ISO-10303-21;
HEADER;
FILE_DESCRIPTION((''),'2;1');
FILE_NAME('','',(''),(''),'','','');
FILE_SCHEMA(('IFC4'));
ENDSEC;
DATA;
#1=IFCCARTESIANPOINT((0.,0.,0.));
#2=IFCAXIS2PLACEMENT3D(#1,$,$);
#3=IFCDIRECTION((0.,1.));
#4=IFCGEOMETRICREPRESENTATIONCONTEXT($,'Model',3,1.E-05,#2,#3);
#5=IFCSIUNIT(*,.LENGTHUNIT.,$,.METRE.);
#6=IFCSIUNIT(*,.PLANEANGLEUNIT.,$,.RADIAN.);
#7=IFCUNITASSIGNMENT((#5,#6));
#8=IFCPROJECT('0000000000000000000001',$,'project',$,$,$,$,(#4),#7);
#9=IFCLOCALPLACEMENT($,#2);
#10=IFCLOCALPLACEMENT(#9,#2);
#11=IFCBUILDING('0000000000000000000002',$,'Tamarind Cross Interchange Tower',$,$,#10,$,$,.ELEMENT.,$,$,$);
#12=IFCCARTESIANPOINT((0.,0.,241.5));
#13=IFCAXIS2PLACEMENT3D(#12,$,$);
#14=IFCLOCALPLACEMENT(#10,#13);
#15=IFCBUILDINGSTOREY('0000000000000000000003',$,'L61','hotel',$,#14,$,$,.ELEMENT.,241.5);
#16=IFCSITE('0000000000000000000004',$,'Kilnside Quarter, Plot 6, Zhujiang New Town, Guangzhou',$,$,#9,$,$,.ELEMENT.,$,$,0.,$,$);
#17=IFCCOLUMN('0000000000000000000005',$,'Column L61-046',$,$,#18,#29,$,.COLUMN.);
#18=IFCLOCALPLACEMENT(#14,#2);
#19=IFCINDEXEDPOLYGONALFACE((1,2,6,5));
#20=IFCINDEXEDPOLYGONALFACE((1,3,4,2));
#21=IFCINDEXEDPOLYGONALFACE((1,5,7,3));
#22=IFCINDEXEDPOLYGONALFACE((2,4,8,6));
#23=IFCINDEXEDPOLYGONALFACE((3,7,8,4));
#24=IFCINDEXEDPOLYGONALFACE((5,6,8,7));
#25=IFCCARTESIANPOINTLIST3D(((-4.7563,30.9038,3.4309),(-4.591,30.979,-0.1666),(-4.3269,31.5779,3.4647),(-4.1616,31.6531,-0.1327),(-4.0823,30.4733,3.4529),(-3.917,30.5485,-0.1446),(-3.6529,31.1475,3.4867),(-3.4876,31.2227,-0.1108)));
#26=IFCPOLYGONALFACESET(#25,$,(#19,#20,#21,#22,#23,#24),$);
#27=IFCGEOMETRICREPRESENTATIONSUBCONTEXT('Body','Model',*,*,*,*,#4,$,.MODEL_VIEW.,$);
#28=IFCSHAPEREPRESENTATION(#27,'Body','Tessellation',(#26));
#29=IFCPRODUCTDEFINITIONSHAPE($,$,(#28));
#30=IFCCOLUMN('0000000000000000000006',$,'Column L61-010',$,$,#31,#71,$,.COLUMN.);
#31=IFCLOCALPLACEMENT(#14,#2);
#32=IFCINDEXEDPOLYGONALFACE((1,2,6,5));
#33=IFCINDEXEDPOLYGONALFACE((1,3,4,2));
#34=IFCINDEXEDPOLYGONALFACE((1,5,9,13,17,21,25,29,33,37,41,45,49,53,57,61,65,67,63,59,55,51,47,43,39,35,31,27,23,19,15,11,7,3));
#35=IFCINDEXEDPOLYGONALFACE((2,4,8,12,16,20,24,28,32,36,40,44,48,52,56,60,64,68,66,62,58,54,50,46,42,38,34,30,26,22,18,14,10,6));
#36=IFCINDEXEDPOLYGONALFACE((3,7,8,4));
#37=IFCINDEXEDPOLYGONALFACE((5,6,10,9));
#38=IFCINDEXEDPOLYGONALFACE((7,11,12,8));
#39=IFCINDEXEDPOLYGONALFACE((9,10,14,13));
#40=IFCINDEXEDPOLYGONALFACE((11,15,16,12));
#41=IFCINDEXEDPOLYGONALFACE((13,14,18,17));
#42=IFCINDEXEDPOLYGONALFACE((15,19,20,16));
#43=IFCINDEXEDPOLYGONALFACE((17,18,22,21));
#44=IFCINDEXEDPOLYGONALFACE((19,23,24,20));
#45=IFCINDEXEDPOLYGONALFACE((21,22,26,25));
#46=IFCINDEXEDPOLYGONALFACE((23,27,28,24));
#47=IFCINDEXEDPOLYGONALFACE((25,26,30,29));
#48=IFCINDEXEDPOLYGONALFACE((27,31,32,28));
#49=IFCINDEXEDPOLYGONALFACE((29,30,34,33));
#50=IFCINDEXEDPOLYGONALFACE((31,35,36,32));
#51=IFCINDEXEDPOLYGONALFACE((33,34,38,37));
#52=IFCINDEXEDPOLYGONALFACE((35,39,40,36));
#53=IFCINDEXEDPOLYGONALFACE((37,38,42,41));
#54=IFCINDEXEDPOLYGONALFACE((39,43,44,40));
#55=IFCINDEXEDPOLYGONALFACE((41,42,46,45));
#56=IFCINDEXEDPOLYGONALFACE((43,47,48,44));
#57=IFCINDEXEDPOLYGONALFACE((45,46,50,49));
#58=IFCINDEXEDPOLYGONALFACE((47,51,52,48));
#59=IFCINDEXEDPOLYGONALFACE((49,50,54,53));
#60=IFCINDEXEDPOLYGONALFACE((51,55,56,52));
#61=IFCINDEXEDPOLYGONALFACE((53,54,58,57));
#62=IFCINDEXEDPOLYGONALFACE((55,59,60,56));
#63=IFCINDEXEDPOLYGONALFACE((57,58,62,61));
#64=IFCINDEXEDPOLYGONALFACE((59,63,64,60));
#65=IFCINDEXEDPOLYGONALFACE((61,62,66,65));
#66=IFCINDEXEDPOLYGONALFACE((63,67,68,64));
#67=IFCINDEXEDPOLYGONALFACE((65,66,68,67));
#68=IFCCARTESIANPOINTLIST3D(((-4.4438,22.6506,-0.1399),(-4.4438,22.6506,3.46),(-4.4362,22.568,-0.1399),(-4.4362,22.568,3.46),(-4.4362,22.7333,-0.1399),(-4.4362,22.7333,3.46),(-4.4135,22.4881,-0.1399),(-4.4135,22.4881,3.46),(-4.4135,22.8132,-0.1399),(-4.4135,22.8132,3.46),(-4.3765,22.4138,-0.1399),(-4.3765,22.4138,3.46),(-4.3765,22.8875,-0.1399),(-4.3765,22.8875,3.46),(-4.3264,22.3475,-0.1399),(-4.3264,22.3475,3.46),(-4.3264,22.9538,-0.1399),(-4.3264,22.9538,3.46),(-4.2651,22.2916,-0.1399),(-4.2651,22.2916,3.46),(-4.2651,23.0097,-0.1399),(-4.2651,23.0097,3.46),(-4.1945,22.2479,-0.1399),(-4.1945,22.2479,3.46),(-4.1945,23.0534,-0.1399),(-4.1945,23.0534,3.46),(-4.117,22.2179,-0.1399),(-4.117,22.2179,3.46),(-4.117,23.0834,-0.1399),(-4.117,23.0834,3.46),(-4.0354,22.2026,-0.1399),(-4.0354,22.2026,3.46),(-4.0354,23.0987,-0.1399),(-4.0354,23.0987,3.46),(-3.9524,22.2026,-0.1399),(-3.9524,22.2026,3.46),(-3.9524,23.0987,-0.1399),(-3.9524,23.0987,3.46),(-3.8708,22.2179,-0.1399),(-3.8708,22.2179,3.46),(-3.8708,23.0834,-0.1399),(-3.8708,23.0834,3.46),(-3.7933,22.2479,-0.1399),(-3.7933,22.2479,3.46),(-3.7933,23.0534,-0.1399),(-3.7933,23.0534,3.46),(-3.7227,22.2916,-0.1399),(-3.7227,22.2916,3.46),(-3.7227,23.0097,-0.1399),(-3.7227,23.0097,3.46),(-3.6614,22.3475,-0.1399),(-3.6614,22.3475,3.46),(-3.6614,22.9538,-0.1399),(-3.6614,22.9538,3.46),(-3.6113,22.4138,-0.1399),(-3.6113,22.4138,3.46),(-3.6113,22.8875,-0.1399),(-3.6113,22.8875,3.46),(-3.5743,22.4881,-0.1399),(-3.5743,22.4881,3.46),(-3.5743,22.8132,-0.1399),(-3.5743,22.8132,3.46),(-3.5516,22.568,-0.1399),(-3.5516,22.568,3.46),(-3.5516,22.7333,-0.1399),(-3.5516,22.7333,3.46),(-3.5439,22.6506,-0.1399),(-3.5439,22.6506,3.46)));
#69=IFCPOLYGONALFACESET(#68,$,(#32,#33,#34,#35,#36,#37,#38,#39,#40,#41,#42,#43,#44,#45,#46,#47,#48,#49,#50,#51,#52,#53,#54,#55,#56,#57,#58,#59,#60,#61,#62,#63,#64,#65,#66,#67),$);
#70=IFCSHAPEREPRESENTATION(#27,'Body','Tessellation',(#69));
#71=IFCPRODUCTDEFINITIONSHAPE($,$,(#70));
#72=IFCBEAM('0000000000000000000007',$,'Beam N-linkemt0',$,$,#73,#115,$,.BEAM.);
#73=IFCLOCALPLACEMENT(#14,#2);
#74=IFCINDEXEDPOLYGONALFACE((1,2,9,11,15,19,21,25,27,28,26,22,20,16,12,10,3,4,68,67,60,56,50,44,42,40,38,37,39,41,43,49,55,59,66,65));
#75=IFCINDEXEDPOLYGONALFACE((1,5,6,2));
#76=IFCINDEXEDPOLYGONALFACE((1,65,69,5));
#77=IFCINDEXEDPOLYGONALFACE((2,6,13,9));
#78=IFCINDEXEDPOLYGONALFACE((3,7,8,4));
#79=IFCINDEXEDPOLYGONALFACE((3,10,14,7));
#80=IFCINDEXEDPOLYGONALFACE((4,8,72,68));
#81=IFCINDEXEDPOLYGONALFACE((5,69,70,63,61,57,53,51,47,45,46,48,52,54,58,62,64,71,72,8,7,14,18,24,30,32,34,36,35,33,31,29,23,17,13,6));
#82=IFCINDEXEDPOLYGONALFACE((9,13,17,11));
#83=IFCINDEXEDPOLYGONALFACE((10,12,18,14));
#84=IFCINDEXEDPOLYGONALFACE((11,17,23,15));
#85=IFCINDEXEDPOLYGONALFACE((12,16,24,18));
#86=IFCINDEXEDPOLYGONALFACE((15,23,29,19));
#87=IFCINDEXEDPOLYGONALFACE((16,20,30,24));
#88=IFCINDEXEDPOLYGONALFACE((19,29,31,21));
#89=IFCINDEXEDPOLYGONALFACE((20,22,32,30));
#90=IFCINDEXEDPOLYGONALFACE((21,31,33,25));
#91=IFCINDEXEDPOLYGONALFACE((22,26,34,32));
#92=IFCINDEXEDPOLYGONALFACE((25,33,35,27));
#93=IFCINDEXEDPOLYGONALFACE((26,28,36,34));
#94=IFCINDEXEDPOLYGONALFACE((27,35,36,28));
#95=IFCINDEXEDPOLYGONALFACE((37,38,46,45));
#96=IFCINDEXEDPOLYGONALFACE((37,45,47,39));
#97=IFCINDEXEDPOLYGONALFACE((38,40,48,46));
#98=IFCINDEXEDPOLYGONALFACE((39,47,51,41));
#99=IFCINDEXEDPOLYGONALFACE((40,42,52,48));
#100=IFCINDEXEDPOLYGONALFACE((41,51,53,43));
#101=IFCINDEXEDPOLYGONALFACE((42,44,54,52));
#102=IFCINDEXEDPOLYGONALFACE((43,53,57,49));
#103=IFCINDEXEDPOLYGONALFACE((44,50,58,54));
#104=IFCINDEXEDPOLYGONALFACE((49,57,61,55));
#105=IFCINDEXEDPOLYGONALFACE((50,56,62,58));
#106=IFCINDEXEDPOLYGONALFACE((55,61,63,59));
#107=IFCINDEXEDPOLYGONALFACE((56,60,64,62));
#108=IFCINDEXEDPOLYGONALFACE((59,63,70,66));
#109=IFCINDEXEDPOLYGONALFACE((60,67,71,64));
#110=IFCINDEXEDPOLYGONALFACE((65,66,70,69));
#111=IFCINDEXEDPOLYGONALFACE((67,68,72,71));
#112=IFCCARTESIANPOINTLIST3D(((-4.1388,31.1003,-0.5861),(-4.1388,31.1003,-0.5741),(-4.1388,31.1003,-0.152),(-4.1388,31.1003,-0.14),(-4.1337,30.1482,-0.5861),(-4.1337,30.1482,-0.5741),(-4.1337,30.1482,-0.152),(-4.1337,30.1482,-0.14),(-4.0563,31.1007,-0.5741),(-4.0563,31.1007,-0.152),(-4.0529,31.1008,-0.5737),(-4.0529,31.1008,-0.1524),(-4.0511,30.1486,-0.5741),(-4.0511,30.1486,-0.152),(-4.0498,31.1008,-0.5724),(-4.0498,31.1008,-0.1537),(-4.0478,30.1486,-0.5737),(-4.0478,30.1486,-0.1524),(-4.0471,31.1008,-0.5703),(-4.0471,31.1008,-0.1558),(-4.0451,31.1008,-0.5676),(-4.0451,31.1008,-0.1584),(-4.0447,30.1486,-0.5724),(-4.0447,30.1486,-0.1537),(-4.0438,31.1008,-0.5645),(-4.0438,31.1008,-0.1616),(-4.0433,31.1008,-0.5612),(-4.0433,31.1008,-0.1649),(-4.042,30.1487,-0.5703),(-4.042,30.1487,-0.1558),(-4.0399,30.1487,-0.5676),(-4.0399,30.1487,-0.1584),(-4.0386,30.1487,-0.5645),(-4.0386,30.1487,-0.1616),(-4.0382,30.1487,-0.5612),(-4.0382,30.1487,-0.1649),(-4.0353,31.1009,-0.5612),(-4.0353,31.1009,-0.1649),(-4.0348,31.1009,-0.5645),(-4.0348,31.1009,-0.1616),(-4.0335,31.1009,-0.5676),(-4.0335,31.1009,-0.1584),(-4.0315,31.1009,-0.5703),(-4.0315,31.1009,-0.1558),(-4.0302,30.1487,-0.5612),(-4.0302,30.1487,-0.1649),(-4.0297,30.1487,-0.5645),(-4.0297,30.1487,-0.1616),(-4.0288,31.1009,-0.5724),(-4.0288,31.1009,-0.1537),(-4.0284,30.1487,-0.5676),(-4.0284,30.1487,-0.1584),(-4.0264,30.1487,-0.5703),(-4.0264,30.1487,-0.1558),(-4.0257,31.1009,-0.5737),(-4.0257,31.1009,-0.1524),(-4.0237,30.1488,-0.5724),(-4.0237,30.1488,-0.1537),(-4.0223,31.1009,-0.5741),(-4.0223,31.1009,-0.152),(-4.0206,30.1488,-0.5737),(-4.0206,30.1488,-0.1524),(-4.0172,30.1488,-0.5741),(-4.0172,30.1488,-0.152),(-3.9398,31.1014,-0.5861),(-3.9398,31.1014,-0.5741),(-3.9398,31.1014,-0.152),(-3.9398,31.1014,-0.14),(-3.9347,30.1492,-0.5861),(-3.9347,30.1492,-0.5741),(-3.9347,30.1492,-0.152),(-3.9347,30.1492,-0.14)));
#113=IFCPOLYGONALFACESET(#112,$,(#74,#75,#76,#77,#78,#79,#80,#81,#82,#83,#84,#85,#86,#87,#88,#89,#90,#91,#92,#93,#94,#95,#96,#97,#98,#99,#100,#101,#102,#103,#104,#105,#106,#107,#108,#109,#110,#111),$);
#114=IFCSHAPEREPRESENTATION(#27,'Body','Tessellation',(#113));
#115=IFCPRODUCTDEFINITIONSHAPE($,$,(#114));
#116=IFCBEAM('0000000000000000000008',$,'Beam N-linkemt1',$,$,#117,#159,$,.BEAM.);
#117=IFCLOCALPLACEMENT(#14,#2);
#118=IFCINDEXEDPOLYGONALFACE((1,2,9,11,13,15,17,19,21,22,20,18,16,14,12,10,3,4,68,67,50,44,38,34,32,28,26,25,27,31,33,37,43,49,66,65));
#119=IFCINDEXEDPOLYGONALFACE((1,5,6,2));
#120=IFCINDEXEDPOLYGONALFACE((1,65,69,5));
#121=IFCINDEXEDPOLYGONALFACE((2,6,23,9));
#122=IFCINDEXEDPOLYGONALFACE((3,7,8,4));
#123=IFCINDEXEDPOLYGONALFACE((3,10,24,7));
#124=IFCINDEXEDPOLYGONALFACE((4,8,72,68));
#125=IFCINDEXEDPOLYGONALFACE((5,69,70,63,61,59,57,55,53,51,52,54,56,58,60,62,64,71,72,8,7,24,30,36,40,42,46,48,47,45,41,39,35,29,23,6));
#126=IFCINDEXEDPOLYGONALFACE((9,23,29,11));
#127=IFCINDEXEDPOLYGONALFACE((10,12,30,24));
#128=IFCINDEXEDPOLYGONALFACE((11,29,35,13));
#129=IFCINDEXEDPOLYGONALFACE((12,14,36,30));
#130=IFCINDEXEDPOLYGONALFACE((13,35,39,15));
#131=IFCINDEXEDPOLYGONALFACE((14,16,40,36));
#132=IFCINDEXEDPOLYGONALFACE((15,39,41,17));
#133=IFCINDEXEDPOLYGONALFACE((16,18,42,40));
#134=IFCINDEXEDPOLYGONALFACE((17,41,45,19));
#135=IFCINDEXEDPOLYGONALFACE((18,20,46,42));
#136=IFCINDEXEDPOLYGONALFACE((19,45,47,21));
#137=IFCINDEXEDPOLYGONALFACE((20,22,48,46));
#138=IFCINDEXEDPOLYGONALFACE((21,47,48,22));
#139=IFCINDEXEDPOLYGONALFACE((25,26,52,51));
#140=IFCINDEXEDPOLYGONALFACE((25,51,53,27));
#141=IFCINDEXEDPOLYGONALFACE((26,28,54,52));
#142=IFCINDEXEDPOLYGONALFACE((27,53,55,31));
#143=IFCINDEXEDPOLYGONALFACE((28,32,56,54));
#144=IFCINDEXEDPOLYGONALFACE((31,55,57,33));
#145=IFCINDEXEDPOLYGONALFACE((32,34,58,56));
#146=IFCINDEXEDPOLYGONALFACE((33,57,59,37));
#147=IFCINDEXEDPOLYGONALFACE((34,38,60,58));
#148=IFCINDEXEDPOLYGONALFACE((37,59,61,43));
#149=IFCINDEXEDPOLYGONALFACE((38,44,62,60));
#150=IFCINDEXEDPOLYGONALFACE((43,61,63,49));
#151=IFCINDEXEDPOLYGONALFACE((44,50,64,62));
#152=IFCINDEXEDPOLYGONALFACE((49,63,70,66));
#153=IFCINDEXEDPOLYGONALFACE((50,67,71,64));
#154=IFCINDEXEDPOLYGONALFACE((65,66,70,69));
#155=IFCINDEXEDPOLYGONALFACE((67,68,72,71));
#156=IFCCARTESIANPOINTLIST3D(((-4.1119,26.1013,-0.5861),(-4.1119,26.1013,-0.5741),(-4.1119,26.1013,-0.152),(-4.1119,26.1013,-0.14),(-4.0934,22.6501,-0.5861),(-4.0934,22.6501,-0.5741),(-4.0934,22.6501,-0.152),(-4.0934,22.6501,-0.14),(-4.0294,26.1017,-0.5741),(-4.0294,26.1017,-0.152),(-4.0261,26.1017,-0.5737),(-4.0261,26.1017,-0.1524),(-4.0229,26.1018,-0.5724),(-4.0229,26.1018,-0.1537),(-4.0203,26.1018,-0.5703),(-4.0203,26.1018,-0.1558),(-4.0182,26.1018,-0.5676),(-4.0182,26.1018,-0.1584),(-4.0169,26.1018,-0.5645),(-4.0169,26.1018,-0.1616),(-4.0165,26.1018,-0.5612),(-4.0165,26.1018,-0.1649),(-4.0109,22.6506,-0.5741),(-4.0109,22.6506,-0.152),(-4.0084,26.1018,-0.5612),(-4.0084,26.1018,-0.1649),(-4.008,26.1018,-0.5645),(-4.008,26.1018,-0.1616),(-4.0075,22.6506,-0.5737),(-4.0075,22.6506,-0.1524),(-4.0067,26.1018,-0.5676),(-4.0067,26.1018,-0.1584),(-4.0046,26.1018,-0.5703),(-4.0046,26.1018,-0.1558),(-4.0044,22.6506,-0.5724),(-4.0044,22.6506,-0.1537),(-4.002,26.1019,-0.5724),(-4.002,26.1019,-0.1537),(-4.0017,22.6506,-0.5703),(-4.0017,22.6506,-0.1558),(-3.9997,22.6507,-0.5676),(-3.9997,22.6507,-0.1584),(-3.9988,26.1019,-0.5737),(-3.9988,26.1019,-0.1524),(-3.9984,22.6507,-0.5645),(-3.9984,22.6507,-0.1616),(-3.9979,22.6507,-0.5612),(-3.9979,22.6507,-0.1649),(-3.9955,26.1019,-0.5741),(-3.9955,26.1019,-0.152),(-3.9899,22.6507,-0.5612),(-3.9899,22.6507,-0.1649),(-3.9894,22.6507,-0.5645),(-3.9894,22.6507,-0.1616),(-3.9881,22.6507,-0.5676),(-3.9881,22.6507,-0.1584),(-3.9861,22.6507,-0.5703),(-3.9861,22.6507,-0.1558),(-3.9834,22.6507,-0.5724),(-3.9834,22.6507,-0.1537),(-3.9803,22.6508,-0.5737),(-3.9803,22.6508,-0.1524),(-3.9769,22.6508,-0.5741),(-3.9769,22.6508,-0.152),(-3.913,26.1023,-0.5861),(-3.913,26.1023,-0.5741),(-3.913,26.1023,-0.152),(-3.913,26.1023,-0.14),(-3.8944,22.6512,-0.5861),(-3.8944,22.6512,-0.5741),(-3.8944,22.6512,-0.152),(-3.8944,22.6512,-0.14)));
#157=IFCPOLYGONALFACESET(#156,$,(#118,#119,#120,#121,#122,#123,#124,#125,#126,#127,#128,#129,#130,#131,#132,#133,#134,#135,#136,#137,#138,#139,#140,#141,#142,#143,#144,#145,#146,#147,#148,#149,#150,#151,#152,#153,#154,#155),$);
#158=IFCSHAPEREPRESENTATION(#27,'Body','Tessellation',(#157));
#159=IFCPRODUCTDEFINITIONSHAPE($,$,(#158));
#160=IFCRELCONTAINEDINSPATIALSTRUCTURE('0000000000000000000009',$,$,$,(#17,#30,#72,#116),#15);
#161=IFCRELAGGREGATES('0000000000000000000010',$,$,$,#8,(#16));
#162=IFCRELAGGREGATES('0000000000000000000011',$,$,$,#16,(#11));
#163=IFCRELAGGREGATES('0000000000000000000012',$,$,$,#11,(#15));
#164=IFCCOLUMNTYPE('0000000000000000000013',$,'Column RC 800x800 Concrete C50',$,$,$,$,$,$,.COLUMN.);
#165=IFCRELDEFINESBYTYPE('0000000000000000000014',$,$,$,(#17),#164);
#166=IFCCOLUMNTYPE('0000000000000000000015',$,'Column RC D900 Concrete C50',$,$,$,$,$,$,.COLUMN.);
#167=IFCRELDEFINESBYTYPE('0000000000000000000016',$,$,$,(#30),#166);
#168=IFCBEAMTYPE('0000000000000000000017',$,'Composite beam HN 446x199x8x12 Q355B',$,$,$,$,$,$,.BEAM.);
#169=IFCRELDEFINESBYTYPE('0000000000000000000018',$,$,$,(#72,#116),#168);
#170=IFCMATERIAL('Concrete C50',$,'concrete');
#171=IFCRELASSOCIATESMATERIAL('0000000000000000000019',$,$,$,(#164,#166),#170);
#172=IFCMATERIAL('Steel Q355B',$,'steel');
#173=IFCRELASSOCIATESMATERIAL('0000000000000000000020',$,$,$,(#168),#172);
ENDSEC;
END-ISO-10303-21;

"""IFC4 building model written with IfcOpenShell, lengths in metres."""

from ifc_helpers import new_model, si_unit, direction, frame, origin, origin_2d, place, context, subcontext, project, spatial, rectangle, circle, i_section, extrude, material, material_profile, profile_set, type_object, element, save


model = new_model("IFC4")

# Units and contexts
model_context = context("Model", 3, precision=1e-05, world=origin(), true_north=direction((0.0, 1.0)))
body_context = subcontext(model_context, "Body", "Model", "MODEL_VIEW")
ifc_project = project(units=[si_unit("LENGTHUNIT", "METRE"), si_unit("PLANEANGLEUNIT", "RADIAN")], contexts=[model_context])

# Site, building, storey
site_placement = place(None, origin())
site = spatial("IfcSite", under=ifc_project, at=site_placement, Name="Kilnside Quarter, Plot 6, Zhujiang New Town, Guangzhou", CompositionType="ELEMENT", RefElevation=0.0)
building_placement = place(site_placement, origin())
building = spatial("IfcBuilding", under=site, at=building_placement, Name="Tamarind Cross Interchange Tower", CompositionType="ELEMENT")
storey_placement = place(building_placement, frame((0.0, 0.0, 241.5)))
storey = spatial("IfcBuildingStorey", under=building, at=storey_placement, Name="L61", Description="hotel", CompositionType="ELEMENT", Elevation=241.5)

# Columns
ifc_material_1 = material(Name="Concrete C50", Category="concrete")
ifc_material_profile_1 = material_profile(ifc_material_1, rectangle(XDim=0.8, YDim=0.8, at=origin_2d()), Name="RC 800x800")
ifc_profile_set_1 = profile_set([ifc_material_profile_1], Name="Concrete C50")
column_type_1 = type_object("IfcColumnType", Name="Column RC 800x800 Concrete C50", PredefinedType="COLUMN", material=ifc_profile_set_1)
column_1_placement = place(storey_placement, frame((-4.0393, 31.1008, -0.1387), z_axis=(-0.045887, -0.020876, 0.998728), x_axis=(0.84249, -0.538011, 0.027462)))
element("IfcColumn", 1, at=column_1_placement, inside=storey, type_object=column_type_1, Name="Column L61-046", PredefinedType="COLUMN", context=body_context, shape_type="SweptSolid", body=[
    extrude(rectangle(XDim=0.8, YDim=0.8, at=origin_2d()), origin(), (0.0, 0.0, 1.0), 3.6021),
])
ifc_material_profile_2 = material_profile(ifc_material_1, circle(Radius=0.45, at=origin_2d()), Name="RC D900")
ifc_profile_set_2 = profile_set([ifc_material_profile_2], Name="Concrete C50")
column_type_2 = type_object("IfcColumnType", Name="Column RC D900 Concrete C50", PredefinedType="COLUMN", material=ifc_profile_set_2)
column_2_placement = place(storey_placement, frame((-3.9939, 22.6506, -0.1399), z_axis=(0.0, 0.0, 1.0), x_axis=(1.0, 0.0, 0.0)))
element("IfcColumn", 2, at=column_2_placement, inside=storey, type_object=column_type_2, Name="Column L61-010", PredefinedType="COLUMN", context=body_context, shape_type="SweptSolid", body=[
    extrude(circle(Radius=0.45, at=origin_2d()), origin(), (0.0, 0.0, 1.0), 3.5999),
])

# Beams
ifc_material_2 = material(Name="Steel Q355B", Category="steel")
ifc_material_profile_3 = material_profile(ifc_material_2, i_section(OverallWidth=0.199, OverallDepth=0.446, WebThickness=0.0081, FlangeThickness=0.012, FilletRadius=0.0129, at=origin_2d()), Name="HN 446x199x8x12")
ifc_profile_set_3 = profile_set([ifc_material_profile_3], Name="Steel Q355B")
beam_type_1 = type_object("IfcBeamType", Name="Composite beam HN 446x199x8x12 Q355B", PredefinedType="BEAM", material=ifc_profile_set_3)
beam_1_placement = place(storey_placement, frame((-4.0393, 31.1008, -0.363), z_axis=(0.005385, -0.999986, 0.0), x_axis=(0.999986, 0.005385, 0.0)))
element("IfcBeam", 3, at=beam_1_placement, inside=storey, type_object=beam_type_1, Name="Beam N-linkemt0", PredefinedType="BEAM", context=body_context, shape_type="SweptSolid", body=[
    extrude(i_section(OverallWidth=0.199, OverallDepth=0.446, WebThickness=0.0081, FlangeThickness=0.012, FilletRadius=0.0129, at=origin_2d()), origin(), (0.0, 0.0, 1.0), 0.9521),
])
beam_2_placement = place(storey_placement, frame((-4.0125, 26.1018, -0.363), z_axis=(0.005376, -0.999986, 0.0), x_axis=(0.999986, 0.005376, 0.0)))
element("IfcBeam", 4, at=beam_2_placement, inside=storey, type_object=beam_type_1, Name="Beam N-linkemt1", PredefinedType="BEAM", context=body_context, shape_type="SweptSolid", body=[
    extrude(i_section(OverallWidth=0.199, OverallDepth=0.446, WebThickness=0.0081, FlangeThickness=0.012, FilletRadius=0.0129, at=origin_2d()), origin(), (0.0, 0.0, 1.0), 3.4512),
])

save(model, "model.ifc")
